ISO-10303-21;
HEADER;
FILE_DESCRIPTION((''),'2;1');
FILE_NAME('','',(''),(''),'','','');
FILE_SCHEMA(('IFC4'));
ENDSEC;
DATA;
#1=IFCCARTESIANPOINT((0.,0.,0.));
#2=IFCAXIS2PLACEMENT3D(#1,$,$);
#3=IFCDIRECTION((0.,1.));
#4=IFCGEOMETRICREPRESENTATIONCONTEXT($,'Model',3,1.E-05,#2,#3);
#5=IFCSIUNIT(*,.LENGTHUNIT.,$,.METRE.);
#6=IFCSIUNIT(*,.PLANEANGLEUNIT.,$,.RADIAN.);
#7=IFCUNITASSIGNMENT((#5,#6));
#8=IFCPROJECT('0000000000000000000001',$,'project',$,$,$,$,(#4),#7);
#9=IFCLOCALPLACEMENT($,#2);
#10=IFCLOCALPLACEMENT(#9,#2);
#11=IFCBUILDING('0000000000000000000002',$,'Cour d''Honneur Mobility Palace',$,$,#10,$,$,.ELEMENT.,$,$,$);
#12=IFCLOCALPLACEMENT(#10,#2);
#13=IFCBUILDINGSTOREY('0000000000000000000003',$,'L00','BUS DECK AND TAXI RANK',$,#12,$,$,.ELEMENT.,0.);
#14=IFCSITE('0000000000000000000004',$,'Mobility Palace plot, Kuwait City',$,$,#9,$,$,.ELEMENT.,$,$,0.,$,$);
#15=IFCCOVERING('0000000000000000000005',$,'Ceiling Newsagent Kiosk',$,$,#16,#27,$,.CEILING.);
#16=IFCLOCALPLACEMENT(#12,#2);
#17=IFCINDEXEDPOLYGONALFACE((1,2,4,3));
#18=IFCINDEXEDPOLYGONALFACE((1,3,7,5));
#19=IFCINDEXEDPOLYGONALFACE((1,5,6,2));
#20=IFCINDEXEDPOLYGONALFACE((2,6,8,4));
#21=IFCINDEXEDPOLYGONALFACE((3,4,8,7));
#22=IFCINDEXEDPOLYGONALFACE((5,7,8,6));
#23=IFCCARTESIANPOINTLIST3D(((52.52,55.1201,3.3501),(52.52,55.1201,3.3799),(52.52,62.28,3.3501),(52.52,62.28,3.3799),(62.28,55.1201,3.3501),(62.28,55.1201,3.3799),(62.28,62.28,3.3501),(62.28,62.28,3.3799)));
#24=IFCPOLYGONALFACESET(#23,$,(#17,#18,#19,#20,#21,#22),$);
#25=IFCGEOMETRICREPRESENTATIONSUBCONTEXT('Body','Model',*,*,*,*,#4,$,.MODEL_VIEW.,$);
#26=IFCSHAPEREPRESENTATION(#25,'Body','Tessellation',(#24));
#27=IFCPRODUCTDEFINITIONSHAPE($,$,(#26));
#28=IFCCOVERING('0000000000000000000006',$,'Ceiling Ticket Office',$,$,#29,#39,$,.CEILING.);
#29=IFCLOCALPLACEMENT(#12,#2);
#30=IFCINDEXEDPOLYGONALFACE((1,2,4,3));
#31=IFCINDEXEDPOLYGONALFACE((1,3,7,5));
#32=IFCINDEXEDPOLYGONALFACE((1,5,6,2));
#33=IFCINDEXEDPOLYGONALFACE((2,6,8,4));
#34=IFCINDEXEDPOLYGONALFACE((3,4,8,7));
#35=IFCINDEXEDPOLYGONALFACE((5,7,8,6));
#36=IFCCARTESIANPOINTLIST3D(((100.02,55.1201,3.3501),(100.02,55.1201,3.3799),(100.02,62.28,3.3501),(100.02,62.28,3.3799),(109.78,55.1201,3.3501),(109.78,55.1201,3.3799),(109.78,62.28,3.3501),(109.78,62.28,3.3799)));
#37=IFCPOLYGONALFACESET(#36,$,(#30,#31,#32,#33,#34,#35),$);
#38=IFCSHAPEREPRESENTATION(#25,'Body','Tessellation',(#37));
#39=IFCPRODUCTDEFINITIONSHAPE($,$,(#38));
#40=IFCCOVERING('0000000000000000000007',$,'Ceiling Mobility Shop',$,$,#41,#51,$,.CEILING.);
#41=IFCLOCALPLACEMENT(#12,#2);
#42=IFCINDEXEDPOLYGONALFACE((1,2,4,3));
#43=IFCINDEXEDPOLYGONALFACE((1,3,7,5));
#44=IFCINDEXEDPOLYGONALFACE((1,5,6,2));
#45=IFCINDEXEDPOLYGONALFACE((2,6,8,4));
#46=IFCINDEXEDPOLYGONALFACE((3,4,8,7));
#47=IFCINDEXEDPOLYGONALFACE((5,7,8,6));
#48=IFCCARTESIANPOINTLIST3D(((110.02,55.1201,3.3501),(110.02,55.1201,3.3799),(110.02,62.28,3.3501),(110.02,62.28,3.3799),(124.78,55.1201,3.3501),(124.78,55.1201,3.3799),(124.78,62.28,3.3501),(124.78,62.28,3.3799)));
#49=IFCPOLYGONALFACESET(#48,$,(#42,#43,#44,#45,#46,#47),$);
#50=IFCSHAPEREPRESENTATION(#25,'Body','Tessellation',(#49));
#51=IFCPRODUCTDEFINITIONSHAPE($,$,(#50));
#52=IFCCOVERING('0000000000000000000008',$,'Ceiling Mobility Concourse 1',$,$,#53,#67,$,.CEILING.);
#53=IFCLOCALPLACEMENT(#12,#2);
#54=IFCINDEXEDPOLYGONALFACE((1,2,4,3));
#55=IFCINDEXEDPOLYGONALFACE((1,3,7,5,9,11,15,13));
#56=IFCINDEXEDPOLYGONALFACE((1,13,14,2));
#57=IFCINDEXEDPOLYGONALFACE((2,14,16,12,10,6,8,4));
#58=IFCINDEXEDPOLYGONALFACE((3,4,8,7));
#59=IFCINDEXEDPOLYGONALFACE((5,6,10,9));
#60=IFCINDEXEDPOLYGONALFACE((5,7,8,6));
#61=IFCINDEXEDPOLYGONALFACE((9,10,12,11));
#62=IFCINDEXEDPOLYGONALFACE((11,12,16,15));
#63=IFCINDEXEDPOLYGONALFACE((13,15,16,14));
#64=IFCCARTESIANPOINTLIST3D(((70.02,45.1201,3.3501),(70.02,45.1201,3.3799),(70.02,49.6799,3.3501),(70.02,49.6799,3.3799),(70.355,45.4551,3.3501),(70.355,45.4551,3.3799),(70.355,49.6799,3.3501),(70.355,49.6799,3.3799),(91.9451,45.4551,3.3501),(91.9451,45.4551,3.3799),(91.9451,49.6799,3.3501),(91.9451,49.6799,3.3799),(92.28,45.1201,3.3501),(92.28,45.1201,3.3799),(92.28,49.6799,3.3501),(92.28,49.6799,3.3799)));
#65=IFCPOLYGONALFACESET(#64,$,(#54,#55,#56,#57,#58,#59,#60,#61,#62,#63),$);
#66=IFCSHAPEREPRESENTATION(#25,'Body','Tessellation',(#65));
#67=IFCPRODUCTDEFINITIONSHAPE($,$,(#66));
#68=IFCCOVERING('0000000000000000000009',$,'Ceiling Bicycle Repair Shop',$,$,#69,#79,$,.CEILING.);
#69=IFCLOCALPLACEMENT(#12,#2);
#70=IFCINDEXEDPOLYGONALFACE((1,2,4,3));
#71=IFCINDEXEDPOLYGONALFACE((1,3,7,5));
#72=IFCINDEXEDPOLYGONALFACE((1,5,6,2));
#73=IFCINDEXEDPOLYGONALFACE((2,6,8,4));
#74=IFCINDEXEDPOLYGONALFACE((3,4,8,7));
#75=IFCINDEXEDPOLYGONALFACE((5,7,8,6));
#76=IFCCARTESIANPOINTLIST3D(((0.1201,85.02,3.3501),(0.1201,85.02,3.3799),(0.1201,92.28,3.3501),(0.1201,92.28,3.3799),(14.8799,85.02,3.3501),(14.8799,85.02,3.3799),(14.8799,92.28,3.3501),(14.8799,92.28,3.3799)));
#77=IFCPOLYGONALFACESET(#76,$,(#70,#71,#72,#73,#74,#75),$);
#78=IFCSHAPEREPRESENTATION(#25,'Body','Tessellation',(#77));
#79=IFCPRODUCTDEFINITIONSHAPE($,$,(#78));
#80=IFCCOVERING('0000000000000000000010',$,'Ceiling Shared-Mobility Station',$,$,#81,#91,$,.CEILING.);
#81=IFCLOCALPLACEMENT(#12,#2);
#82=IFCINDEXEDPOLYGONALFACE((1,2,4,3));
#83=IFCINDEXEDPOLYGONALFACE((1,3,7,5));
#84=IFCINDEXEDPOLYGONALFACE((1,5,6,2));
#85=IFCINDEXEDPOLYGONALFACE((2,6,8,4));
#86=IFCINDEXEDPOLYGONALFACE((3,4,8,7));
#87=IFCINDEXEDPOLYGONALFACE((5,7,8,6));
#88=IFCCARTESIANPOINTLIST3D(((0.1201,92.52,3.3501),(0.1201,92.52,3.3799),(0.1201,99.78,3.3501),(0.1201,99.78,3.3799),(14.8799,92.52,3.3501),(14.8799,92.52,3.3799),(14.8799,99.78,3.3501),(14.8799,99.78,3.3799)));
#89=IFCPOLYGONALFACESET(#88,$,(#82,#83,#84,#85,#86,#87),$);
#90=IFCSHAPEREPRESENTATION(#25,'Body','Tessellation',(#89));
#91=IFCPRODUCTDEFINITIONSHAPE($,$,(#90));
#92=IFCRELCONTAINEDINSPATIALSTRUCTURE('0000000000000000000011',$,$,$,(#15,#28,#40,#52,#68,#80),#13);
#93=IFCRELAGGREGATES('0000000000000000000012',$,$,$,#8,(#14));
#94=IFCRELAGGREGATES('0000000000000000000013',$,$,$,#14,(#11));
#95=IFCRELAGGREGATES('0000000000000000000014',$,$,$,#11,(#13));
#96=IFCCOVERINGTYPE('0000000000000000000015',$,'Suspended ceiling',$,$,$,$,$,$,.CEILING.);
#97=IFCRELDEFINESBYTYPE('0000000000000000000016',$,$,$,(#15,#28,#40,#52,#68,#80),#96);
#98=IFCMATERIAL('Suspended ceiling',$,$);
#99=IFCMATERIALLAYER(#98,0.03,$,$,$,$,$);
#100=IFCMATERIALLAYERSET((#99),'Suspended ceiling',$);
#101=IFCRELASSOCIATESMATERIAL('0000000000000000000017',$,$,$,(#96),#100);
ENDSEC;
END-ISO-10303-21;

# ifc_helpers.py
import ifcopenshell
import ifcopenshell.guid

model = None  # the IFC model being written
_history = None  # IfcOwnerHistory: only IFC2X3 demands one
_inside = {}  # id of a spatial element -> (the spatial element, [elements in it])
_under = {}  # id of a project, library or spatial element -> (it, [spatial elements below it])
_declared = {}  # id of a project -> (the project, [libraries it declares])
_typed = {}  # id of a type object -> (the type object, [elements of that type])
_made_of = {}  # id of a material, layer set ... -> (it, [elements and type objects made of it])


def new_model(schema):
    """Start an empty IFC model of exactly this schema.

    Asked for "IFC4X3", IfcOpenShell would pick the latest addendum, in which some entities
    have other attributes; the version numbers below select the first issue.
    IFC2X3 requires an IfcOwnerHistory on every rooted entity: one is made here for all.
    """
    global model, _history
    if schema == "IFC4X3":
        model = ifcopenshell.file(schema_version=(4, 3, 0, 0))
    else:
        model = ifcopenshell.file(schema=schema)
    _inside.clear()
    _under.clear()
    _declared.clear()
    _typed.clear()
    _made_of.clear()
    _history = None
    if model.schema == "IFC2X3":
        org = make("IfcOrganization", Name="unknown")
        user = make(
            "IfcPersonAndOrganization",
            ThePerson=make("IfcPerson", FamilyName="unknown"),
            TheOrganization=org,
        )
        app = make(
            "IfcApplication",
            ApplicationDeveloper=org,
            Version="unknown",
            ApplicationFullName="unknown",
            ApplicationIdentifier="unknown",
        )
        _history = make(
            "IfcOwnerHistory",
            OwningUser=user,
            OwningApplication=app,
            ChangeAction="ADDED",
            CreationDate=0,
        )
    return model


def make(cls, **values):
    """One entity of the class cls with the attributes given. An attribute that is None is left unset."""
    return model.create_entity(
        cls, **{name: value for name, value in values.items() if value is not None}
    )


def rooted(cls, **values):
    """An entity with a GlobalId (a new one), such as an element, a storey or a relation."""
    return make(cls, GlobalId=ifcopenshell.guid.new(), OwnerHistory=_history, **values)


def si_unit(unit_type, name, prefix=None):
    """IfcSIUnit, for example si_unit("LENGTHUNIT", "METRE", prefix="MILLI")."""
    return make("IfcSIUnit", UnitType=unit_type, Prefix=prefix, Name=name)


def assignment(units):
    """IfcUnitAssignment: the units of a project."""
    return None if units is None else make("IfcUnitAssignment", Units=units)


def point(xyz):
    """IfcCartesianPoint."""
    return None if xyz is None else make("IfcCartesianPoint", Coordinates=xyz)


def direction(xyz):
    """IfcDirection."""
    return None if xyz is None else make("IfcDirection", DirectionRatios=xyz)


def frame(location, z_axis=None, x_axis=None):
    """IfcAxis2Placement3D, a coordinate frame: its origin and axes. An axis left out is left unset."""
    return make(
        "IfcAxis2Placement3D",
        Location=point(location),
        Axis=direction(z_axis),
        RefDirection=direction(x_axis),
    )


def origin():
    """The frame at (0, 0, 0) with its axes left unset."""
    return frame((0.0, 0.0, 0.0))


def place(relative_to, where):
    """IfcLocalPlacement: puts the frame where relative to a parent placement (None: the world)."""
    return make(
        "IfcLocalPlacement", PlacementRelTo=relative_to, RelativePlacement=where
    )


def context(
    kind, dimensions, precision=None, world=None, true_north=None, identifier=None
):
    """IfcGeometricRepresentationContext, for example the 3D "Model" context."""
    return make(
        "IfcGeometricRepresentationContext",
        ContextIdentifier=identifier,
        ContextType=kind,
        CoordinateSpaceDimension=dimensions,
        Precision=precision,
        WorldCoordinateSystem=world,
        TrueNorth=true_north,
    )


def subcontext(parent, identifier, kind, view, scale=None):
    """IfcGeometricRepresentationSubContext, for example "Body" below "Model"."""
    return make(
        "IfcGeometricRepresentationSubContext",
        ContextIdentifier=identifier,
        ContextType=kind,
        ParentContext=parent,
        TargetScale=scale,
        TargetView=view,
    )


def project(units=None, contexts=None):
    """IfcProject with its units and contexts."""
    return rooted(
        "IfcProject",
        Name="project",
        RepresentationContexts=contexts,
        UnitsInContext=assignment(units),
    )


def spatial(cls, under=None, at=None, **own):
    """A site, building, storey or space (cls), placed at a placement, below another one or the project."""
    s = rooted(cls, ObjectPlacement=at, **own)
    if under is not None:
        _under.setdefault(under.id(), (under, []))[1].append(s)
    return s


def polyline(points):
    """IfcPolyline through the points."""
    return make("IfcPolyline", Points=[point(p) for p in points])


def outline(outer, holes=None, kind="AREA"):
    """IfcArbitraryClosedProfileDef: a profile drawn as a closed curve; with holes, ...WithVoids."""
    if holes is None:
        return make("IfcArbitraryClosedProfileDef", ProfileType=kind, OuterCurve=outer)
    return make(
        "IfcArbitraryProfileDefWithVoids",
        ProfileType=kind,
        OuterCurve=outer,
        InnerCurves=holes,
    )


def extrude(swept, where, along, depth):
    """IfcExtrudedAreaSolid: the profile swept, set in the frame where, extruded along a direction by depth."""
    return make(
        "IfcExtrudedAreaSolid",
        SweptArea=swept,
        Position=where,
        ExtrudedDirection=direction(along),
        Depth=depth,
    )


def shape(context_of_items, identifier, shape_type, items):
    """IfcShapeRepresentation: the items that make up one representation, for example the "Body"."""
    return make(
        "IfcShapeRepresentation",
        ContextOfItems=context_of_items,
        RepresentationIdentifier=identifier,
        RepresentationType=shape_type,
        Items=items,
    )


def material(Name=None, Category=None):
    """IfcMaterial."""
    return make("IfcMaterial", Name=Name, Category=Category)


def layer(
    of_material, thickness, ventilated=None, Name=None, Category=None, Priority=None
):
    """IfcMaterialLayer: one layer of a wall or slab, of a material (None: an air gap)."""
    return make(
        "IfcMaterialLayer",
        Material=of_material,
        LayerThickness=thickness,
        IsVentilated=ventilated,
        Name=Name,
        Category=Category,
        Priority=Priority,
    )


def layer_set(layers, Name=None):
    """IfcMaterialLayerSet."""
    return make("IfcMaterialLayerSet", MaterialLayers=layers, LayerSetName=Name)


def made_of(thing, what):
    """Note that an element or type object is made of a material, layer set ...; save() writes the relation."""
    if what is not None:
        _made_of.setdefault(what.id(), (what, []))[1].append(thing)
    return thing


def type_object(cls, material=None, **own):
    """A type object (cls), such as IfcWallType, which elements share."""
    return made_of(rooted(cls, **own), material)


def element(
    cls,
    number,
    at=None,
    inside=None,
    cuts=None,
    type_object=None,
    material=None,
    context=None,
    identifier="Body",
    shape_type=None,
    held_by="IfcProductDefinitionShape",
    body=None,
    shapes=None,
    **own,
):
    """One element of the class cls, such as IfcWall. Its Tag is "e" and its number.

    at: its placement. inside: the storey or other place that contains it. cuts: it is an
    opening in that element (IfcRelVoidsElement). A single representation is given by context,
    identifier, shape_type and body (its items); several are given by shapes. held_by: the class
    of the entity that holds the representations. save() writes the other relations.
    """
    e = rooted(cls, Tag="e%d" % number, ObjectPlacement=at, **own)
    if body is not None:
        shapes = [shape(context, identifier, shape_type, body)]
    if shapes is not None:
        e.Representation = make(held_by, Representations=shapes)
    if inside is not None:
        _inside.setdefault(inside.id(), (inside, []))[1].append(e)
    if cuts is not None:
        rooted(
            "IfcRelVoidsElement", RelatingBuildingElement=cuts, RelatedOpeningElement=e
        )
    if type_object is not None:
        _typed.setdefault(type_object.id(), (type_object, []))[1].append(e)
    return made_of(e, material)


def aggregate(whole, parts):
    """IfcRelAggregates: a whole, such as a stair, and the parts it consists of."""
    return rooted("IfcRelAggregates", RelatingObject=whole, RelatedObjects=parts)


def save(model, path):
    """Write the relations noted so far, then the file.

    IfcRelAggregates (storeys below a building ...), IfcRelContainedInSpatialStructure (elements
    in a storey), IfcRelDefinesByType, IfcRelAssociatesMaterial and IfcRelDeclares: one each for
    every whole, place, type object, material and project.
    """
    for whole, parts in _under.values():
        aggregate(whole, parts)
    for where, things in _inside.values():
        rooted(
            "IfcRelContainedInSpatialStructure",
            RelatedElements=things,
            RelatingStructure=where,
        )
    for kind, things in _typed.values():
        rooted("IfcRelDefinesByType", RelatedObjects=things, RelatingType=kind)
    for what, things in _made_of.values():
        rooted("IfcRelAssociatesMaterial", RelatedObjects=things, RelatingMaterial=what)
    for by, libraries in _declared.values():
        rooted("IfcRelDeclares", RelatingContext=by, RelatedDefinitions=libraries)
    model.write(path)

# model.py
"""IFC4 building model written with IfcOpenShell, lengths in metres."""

from ifc_helpers import new_model, si_unit, direction, frame, origin, place, context, subcontext, project, spatial, polyline, outline, extrude, material, layer, layer_set, type_object, element, save


model = new_model("IFC4")

# Units and contexts
model_context = context("Model", 3, precision=1e-05, world=origin(), true_north=direction((0.0, 1.0)))
body_context = subcontext(model_context, "Body", "Model", "MODEL_VIEW")
ifc_project = project(units=[si_unit("LENGTHUNIT", "METRE"), si_unit("PLANEANGLEUNIT", "RADIAN")], contexts=[model_context])

# Site, building, storey
site_placement = place(None, origin())
site = spatial("IfcSite", under=ifc_project, at=site_placement, Name="Mobility Palace plot, Kuwait City", CompositionType="ELEMENT", RefElevation=0.0)
building_placement = place(site_placement, origin())
building = spatial("IfcBuilding", under=site, at=building_placement, Name="Cour d'Honneur Mobility Palace", CompositionType="ELEMENT")
storey_placement = place(building_placement, origin())
storey = spatial("IfcBuildingStorey", under=building, at=storey_placement, Name="L00", Description="BUS DECK AND TAXI RANK", CompositionType="ELEMENT", Elevation=0.0)

# Coverings
ifc_material_1 = material(Name="Suspended ceiling")
ifc_layer_1 = layer(ifc_material_1, 0.03)
ifc_layer_set_1 = layer_set([ifc_layer_1], Name="Suspended ceiling")
covering_type_1 = type_object("IfcCoveringType", Name="Suspended ceiling", PredefinedType="CEILING", material=ifc_layer_set_1)
covering_1_placement = place(storey_placement, frame((0.0, 0.0, 3.3501)))
element("IfcCovering", 1, at=covering_1_placement, inside=storey, type_object=covering_type_1, Name="Ceiling Newsagent Kiosk", PredefinedType="CEILING", context=body_context, shape_type="SweptSolid", body=[
    extrude(outline(polyline([(62.28, 55.1201), (52.52, 55.1201), (52.52, 62.28), (62.28, 62.28), (62.28, 55.1201)])), origin(), (0.0, 0.0, 1.0), 0.0298),
])
covering_2_placement = place(storey_placement, frame((0.0, 0.0, 3.3501)))
element("IfcCovering", 2, at=covering_2_placement, inside=storey, type_object=covering_type_1, Name="Ceiling Ticket Office", PredefinedType="CEILING", context=body_context, shape_type="SweptSolid", body=[
    extrude(outline(polyline([(109.78, 55.1201), (100.02, 55.1201), (100.02, 62.28), (109.78, 62.28), (109.78, 55.1201)])), origin(), (0.0, 0.0, 1.0), 0.0298),
])
covering_3_placement = place(storey_placement, frame((0.0, 0.0, 3.3501)))
element("IfcCovering", 3, at=covering_3_placement, inside=storey, type_object=covering_type_1, Name="Ceiling Mobility Shop", PredefinedType="CEILING", context=body_context, shape_type="SweptSolid", body=[
    extrude(outline(polyline([(124.78, 55.1201), (110.02, 55.1201), (110.02, 62.28), (124.78, 62.28), (124.78, 55.1201)])), origin(), (0.0, 0.0, 1.0), 0.0298),
])
covering_4_placement = place(storey_placement, frame((0.0, 0.0, 3.3501)))
element("IfcCovering", 4, at=covering_4_placement, inside=storey, type_object=covering_type_1, Name="Ceiling Mobility Concourse 1", PredefinedType="CEILING", context=body_context, shape_type="SweptSolid", body=[
    extrude(outline(polyline([(70.355, 49.6799), (70.355, 45.4551), (91.9451, 45.4551), (91.9451, 49.6799), (92.28, 49.6799), (92.28, 45.1201), (70.02, 45.1201), (70.02, 49.6799), (70.355, 49.6799)])), origin(), (0.0, 0.0, 1.0), 0.0298),
])
covering_5_placement = place(storey_placement, frame((0.0, 0.0, 3.3501)))
element("IfcCovering", 5, at=covering_5_placement, inside=storey, type_object=covering_type_1, Name="Ceiling Bicycle Repair Shop", PredefinedType="CEILING", context=body_context, shape_type="SweptSolid", body=[
    extrude(outline(polyline([(14.8799, 85.02), (0.1201, 85.02), (0.1201, 92.28), (14.8799, 92.28), (14.8799, 85.02)])), origin(), (0.0, 0.0, 1.0), 0.0298),
])
covering_6_placement = place(storey_placement, frame((0.0, 0.0, 3.3501)))
element("IfcCovering", 6, at=covering_6_placement, inside=storey, type_object=covering_type_1, Name="Ceiling Shared-Mobility Station", PredefinedType="CEILING", context=body_context, shape_type="SweptSolid", body=[
    extrude(outline(polyline([(14.8799, 92.52), (0.1201, 92.52), (0.1201, 99.78), (14.8799, 99.78), (14.8799, 92.52)])), origin(), (0.0, 0.0, 1.0), 0.0298),
])

save(model, "model.ifc")
